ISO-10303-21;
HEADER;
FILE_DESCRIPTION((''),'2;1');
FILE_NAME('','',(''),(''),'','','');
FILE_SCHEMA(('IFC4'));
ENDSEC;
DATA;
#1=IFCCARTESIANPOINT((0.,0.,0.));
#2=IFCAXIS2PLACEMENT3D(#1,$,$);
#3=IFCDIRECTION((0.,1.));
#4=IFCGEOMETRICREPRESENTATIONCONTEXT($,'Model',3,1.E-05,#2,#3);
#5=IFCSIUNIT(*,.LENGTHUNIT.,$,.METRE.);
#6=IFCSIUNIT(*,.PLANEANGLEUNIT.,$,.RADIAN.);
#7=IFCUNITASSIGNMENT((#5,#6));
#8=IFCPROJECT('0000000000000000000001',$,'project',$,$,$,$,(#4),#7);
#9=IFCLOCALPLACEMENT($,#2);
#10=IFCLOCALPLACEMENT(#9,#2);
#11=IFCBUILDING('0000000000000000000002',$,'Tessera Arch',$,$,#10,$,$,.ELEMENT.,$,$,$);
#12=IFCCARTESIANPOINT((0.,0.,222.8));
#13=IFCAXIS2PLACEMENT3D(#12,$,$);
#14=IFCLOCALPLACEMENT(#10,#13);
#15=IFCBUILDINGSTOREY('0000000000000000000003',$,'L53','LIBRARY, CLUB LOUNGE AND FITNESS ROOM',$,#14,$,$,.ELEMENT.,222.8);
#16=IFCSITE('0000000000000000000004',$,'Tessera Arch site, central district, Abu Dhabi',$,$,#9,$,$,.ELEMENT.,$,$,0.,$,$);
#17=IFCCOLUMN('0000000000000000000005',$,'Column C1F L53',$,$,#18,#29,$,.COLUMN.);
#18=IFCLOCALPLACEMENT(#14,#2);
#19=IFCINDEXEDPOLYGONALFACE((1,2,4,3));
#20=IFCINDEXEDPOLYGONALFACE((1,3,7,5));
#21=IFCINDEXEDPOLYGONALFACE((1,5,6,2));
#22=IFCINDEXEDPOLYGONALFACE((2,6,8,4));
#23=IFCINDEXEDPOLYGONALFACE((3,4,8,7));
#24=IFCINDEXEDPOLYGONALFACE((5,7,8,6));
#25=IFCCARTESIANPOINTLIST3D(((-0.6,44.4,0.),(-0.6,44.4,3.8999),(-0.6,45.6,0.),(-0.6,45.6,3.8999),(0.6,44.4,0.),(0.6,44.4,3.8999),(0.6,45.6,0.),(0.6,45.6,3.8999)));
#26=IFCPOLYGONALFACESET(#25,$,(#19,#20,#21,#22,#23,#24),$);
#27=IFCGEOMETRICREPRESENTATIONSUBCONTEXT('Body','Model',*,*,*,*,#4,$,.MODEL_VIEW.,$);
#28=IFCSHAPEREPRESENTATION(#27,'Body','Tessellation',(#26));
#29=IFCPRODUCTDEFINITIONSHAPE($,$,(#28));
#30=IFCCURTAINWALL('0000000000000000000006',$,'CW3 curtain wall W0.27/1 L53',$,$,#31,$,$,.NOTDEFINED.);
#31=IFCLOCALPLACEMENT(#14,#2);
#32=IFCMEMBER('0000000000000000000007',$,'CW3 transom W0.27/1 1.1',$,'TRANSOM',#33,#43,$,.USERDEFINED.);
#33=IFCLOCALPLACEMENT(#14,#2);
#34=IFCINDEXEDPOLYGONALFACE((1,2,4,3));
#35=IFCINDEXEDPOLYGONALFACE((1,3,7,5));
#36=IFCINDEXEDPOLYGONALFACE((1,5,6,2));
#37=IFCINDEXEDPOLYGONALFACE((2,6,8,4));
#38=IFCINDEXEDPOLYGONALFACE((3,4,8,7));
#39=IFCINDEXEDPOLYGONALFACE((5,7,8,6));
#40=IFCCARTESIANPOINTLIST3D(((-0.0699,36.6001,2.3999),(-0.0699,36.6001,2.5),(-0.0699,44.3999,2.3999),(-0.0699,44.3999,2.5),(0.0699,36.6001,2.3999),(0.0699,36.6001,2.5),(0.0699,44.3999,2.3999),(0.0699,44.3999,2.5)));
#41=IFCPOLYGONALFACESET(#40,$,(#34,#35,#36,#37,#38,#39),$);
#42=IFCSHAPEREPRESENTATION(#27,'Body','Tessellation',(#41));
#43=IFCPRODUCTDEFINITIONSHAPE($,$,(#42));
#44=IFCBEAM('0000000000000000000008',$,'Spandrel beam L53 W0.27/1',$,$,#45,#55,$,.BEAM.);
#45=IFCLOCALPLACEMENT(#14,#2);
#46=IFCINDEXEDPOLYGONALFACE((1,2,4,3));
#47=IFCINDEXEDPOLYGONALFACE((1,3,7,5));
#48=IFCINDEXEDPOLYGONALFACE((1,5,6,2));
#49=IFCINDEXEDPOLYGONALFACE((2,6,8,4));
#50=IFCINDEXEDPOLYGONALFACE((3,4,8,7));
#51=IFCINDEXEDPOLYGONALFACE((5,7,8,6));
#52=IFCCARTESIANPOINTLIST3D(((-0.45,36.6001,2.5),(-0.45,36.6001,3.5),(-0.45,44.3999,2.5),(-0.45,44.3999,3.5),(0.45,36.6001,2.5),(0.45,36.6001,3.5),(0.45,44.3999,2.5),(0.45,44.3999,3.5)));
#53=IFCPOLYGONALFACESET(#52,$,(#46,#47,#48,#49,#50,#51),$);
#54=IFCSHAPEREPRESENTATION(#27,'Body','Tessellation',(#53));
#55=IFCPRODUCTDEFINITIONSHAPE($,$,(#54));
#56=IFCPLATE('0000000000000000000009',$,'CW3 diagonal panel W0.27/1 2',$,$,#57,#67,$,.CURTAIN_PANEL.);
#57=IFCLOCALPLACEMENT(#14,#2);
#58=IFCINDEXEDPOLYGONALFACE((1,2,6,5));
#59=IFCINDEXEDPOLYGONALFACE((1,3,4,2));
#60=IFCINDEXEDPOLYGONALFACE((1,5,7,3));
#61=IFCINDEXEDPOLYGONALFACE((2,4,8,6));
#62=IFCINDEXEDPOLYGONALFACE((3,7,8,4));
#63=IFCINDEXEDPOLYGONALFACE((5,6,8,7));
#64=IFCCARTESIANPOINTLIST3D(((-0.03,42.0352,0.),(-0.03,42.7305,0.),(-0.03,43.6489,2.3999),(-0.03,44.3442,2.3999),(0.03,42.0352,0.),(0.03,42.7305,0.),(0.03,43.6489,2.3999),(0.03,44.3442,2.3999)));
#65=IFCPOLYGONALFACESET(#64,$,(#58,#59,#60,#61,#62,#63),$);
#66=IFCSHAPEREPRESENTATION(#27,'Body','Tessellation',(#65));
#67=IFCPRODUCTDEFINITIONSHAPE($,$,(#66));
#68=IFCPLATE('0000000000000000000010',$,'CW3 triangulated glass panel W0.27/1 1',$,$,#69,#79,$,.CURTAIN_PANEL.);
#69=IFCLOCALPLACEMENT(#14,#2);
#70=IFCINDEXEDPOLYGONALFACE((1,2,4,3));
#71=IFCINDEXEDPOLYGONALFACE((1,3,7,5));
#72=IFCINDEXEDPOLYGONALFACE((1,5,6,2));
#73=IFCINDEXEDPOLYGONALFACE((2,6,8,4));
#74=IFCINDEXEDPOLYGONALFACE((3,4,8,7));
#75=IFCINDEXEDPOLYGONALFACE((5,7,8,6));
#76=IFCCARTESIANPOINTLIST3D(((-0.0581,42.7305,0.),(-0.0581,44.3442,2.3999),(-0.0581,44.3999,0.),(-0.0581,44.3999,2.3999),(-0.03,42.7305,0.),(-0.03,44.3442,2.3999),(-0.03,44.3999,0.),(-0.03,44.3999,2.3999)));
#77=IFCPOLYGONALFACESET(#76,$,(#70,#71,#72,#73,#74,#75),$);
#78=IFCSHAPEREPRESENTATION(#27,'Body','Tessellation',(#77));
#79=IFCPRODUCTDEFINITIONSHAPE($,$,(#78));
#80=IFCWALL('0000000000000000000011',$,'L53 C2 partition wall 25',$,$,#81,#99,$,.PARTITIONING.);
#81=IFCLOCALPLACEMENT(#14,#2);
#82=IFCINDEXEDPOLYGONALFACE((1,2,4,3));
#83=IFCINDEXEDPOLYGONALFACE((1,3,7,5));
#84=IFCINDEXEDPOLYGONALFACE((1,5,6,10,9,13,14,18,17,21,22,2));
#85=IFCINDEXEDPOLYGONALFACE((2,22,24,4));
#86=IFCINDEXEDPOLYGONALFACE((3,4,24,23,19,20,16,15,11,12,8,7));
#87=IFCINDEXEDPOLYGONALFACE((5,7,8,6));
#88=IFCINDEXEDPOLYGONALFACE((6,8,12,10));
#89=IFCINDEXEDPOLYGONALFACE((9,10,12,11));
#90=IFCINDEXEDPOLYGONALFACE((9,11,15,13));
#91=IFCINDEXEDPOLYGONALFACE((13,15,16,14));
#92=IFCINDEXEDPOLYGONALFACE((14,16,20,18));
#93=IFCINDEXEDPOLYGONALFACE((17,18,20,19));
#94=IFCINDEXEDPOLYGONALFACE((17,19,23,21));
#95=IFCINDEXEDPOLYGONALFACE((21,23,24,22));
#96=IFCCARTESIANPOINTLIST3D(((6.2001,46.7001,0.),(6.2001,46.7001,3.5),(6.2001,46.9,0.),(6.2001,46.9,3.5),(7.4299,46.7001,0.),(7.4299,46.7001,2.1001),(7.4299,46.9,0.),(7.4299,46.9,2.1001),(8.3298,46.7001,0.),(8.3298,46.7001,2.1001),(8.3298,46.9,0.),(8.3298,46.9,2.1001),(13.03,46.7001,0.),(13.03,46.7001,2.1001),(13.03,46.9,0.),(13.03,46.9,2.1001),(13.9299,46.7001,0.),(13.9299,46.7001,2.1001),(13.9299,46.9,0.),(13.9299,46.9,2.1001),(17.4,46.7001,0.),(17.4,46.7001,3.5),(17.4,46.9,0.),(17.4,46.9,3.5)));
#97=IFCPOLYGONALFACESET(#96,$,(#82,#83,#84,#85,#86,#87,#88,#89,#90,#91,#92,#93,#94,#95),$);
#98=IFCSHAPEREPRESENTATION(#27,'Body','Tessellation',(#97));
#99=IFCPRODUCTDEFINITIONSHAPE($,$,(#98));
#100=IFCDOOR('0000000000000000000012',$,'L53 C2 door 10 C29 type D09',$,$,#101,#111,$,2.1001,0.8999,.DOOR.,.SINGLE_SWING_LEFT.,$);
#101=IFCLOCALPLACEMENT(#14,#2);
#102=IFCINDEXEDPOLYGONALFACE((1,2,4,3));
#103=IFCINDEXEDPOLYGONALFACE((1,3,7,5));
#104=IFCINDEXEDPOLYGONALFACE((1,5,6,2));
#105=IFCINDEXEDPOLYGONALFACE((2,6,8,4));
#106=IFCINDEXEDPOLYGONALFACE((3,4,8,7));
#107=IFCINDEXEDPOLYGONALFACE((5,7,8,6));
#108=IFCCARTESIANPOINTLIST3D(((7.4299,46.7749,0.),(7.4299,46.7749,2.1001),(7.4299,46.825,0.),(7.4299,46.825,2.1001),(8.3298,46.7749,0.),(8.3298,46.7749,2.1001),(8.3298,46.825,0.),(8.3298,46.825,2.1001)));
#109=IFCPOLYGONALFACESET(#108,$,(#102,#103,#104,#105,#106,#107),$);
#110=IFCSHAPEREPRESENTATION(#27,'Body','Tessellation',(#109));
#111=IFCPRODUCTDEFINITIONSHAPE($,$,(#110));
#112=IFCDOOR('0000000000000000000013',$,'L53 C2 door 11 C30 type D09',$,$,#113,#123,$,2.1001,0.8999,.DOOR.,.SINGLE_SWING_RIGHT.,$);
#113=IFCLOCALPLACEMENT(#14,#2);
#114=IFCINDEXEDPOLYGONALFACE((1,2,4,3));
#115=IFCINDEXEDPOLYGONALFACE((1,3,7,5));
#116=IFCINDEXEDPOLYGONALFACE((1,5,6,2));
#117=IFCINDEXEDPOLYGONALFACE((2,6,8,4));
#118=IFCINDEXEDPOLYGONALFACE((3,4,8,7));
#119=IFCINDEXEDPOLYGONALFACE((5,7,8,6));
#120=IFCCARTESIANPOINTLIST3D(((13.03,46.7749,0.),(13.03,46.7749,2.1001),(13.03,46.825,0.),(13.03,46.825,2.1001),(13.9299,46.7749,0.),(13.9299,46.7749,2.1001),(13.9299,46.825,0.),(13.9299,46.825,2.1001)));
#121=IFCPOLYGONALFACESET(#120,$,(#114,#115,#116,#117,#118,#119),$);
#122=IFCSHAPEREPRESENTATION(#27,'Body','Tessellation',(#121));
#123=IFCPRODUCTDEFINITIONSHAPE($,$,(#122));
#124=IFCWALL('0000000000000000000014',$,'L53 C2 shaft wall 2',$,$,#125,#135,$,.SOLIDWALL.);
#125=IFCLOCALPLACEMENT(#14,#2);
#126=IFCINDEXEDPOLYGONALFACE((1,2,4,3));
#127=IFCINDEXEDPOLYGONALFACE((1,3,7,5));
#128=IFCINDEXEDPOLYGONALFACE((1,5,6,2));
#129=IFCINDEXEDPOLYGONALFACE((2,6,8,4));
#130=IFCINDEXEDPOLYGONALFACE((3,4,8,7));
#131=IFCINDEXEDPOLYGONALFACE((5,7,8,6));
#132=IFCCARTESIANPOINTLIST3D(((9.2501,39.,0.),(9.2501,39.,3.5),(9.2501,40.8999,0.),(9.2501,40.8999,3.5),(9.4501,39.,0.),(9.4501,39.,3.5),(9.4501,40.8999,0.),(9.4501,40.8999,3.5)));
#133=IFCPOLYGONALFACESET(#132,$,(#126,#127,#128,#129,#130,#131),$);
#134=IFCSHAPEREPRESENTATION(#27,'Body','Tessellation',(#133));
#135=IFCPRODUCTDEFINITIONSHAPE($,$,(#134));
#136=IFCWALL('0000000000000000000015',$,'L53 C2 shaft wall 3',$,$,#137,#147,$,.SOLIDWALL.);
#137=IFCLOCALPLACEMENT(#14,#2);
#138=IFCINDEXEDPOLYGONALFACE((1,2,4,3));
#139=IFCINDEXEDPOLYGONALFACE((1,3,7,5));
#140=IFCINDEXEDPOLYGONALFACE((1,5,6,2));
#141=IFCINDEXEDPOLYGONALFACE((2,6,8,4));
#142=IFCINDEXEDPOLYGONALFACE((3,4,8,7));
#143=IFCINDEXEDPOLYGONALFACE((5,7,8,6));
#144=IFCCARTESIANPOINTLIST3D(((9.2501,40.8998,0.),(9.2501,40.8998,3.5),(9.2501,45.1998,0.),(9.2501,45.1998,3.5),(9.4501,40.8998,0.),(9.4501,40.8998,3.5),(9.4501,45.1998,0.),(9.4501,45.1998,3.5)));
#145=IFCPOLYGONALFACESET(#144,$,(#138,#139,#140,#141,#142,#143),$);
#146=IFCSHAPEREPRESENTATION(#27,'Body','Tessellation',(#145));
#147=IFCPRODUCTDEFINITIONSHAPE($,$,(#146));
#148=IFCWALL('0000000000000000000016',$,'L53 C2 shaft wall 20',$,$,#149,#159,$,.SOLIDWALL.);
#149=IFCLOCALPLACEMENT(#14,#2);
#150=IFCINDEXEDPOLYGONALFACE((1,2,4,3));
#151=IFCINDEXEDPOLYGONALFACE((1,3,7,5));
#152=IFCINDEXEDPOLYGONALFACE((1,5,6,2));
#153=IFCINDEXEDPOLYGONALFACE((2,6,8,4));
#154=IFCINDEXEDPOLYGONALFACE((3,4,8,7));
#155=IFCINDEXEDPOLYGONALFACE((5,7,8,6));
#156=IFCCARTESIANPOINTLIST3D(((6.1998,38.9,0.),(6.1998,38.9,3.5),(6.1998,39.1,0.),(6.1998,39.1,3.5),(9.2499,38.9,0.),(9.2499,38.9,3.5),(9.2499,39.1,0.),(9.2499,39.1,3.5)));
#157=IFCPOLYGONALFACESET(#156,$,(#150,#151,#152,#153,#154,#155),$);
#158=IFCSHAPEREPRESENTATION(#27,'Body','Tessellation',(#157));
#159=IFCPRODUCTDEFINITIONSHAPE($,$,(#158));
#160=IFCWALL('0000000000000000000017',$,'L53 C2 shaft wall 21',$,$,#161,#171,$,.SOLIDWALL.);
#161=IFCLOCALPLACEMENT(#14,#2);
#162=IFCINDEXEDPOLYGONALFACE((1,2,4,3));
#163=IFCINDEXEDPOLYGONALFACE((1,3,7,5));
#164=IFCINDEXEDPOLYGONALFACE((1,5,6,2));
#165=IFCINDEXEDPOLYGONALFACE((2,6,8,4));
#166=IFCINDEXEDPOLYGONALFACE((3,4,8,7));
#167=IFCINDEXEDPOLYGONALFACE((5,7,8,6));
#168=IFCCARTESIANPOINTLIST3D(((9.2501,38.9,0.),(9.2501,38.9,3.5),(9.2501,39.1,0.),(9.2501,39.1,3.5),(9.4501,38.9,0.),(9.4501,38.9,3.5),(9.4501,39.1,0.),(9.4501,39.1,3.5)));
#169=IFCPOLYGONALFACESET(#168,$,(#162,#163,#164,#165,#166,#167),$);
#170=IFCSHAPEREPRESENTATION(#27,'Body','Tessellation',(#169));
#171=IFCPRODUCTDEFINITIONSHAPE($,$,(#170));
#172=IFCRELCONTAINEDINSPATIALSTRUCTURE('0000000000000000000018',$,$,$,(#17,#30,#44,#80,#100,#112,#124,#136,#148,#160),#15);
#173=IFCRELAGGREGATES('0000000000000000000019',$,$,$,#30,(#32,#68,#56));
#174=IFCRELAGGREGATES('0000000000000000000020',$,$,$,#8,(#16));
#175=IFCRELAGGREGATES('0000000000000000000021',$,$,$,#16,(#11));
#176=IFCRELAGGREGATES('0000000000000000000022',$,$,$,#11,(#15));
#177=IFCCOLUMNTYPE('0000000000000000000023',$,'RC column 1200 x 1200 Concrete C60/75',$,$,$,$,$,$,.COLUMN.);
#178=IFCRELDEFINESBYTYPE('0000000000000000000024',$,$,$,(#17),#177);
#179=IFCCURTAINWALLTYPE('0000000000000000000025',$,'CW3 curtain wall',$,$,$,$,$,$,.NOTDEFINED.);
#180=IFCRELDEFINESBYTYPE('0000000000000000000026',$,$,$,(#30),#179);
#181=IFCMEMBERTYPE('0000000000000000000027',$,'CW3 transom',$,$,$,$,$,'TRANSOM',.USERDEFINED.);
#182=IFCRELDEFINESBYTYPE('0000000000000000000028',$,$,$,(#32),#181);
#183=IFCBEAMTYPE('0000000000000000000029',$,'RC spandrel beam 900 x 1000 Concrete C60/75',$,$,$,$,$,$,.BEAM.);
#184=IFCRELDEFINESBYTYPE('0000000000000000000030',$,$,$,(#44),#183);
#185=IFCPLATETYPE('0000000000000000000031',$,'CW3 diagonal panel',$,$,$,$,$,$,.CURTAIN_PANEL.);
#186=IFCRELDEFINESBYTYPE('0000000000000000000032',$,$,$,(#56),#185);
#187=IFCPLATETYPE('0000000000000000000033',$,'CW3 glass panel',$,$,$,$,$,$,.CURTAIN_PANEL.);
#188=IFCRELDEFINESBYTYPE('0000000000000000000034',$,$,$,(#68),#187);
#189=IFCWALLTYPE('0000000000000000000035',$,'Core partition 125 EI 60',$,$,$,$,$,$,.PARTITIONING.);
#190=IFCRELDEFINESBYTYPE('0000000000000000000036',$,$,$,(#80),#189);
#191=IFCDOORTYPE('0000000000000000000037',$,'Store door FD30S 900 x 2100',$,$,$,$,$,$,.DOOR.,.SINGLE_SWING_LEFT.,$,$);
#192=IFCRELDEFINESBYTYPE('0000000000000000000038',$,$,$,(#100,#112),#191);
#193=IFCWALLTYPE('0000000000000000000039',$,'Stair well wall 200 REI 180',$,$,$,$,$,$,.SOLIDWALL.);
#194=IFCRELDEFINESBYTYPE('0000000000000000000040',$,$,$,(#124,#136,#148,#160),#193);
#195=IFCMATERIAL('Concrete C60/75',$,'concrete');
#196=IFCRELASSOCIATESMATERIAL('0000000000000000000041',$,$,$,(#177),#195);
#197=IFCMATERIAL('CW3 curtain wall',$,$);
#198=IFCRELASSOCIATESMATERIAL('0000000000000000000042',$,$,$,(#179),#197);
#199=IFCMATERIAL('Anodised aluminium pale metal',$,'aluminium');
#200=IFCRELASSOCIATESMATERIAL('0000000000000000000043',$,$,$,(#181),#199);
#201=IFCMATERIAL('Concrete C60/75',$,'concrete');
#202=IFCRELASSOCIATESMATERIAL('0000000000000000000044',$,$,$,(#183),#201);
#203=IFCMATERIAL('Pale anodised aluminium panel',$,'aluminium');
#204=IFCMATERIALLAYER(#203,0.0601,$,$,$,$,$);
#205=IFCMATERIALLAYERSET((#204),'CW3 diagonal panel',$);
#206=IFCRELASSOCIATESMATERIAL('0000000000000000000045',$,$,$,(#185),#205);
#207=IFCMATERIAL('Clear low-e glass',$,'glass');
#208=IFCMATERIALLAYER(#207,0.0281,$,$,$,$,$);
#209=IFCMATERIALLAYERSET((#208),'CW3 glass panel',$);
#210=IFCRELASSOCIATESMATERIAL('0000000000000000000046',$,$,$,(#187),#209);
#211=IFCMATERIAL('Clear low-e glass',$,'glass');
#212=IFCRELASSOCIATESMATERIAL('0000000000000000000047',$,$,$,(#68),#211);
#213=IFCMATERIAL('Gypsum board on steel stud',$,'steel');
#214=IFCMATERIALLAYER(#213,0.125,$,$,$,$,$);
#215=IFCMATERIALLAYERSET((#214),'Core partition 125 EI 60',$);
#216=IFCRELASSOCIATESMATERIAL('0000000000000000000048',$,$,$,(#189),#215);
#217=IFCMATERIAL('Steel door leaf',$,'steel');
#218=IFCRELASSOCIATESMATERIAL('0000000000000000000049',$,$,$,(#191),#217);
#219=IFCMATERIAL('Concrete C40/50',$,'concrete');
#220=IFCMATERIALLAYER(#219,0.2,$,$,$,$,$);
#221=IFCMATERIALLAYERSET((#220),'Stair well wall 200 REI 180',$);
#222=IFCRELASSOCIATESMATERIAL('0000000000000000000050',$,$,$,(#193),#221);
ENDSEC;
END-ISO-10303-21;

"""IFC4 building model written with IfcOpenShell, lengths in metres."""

from ifc_helpers import new_model, si_unit, direction, frame, frame_2d, origin, origin_2d, place, context, subcontext, project, spatial, polyline, rectangle, outline, extrude, material, layer, layer_set, material_profile, profile_set, type_object, element, fill, aggregate, save


model = new_model("IFC4")

# Units and contexts
model_context = context("Model", 3, precision=1e-05, world=origin(), true_north=direction((0.0, 1.0)))
body_context = subcontext(model_context, "Body", "Model", "MODEL_VIEW")
ifc_project = project(units=[si_unit("LENGTHUNIT", "METRE"), si_unit("PLANEANGLEUNIT", "RADIAN")], contexts=[model_context])

# Site, building, storey
site_placement = place(None, origin())
site = spatial("IfcSite", under=ifc_project, at=site_placement, Name="Tessera Arch site, central district, Abu Dhabi", CompositionType="ELEMENT", RefElevation=0.0)
building_placement = place(site_placement, origin())
building = spatial("IfcBuilding", under=site, at=building_placement, Name="Tessera Arch", CompositionType="ELEMENT")
storey_placement = place(building_placement, frame((0.0, 0.0, 222.8)))
storey = spatial("IfcBuildingStorey", under=building, at=storey_placement, Name="L53", Description="LIBRARY, CLUB LOUNGE AND FITNESS ROOM", CompositionType="ELEMENT", Elevation=222.8)

# Column
ifc_material_1 = material(Name="Concrete C60/75", Category="concrete")
ifc_material_profile_1 = material_profile(ifc_material_1, rectangle(XDim=1.2, YDim=1.2, at=origin_2d()), Name="RC column 1200 x 1200 Concrete C60/75")
ifc_profile_set_1 = profile_set([ifc_material_profile_1], Name="Concrete C60/75")
column_type = type_object("IfcColumnType", Name="RC column 1200 x 1200 Concrete C60/75", PredefinedType="COLUMN", material=ifc_profile_set_1)
column_placement = place(storey_placement, frame((0.0, 45.0, 0.0), z_axis=(0.0, 0.0, 1.0), x_axis=(1.0, 0.0, 0.0)))
element("IfcColumn", 1, at=column_placement, inside=storey, type_object=column_type, Name="Column C1F L53", PredefinedType="COLUMN", context=body_context, shape_type="SweptSolid", body=[
    extrude(rectangle(XDim=1.2, YDim=1.2, at=origin_2d()), origin(), (0.0, 0.0, 1.0), 3.8999),
])

# Curtain wall, member
ifc_material_2 = material(Name="CW3 curtain wall")
curtain_wall_type = type_object("IfcCurtainWallType", Name="CW3 curtain wall", PredefinedType="NOTDEFINED", material=ifc_material_2)
curtain_wall_placement = place(storey_placement, origin())
curtain_wall = element("IfcCurtainWall", 2, at=curtain_wall_placement, inside=storey, type_object=curtain_wall_type, Name="CW3 curtain wall W0.27/1 L53", PredefinedType="NOTDEFINED")
ifc_material_3 = material(Name="Anodised aluminium pale metal", Category="aluminium")
ifc_material_profile_2 = material_profile(ifc_material_3, rectangle(XDim=0.1399, YDim=0.1001, at=origin_2d()), Name="AL 140x100")
ifc_profile_set_2 = profile_set([ifc_material_profile_2], Name="Anodised aluminium pale metal")
member_type = type_object("IfcMemberType", Name="CW3 transom", ElementType="TRANSOM", PredefinedType="USERDEFINED", material=ifc_profile_set_2)
member_placement = place(storey_placement, frame((0.0, 44.3999, 2.45), z_axis=(0.0, -1.0, 0.0), x_axis=(1.0, 0.0, 0.0)))
member = element("IfcMember", 3, at=member_placement, type_object=member_type, Name="CW3 transom W0.27/1 1.1", ObjectType="TRANSOM", PredefinedType="USERDEFINED", context=body_context, shape_type="SweptSolid", body=[
    extrude(rectangle(XDim=0.1399, YDim=0.1001, at=origin_2d()), origin(), (0.0, 0.0, 1.0), 7.7998),
])

# Beam
ifc_material_4 = material(Name="Concrete C60/75", Category="concrete")
ifc_material_profile_3 = material_profile(ifc_material_4, rectangle(XDim=0.8999, YDim=1.0, at=origin_2d()), Name="RC spandrel beam 900 x 1000 Concrete C60/75")
ifc_profile_set_3 = profile_set([ifc_material_profile_3], Name="Concrete C60/75")
beam_type = type_object("IfcBeamType", Name="RC spandrel beam 900 x 1000 Concrete C60/75", PredefinedType="BEAM", material=ifc_profile_set_3)
beam_placement = place(storey_placement, frame((0.0, 44.3999, 3.0), z_axis=(0.0, -1.0, 0.0), x_axis=(1.0, 0.0, 0.0)))
element("IfcBeam", 4, at=beam_placement, inside=storey, type_object=beam_type, Name="Spandrel beam L53 W0.27/1", PredefinedType="BEAM", context=body_context, shape_type="SweptSolid", body=[
    extrude(rectangle(XDim=0.8999, YDim=1.0, at=origin_2d()), origin(), (0.0, 0.0, 1.0), 7.7998),
])

# Plates
ifc_material_5 = material(Name="Pale anodised aluminium panel", Category="aluminium")
ifc_layer_1 = layer(ifc_material_5, 0.0601)
ifc_layer_set_1 = layer_set([ifc_layer_1], Name="CW3 diagonal panel")
plate_type_1 = type_object("IfcPlateType", Name="CW3 diagonal panel", PredefinedType="CURTAIN_PANEL", material=ifc_layer_set_1)
plate_1_placement = place(storey_placement, frame((-0.03, 43.6489, 2.3999), z_axis=(-1.0, 0.0, 0.0), x_axis=(0.0, 1.0, 0.0)))
plate_1 = element("IfcPlate", 5, at=plate_1_placement, type_object=plate_type_1, Name="CW3 diagonal panel W0.27/1 2", PredefinedType="CURTAIN_PANEL", context=body_context, shape_type="SweptSolid", body=[
    extrude(outline(polyline([(0.0, 0.0), (0.6953, 0.0), (-0.9185, 2.3999), (-1.6138, 2.3999), (0.0, 0.0)])), origin(), (0.0, 0.0, -1.0), 0.0601),
])
ifc_material_6 = material(Name="Clear low-e glass", Category="glass")
ifc_material_7 = material(Name="Clear low-e glass", Category="glass")
ifc_layer_2 = layer(ifc_material_7, 0.0281)
ifc_layer_set_2 = layer_set([ifc_layer_2], Name="CW3 glass panel")
plate_type_2 = type_object("IfcPlateType", Name="CW3 glass panel", PredefinedType="CURTAIN_PANEL", material=ifc_layer_set_2)
plate_2_placement = place(storey_placement, frame((-0.0581, 44.3999, 0.0), z_axis=(-1.0, 0.0, 0.0), x_axis=(0.0, -1.0, 0.0)))
plate_2 = element("IfcPlate", 6, at=plate_2_placement, type_object=plate_type_2, material=ifc_material_6, Name="CW3 triangulated glass panel W0.27/1 1", PredefinedType="CURTAIN_PANEL", context=body_context, shape_type="SweptSolid", body=[
    extrude(outline(polyline([(0.0, 0.0), (1.6694, 0.0), (0.0557, 2.3999), (0.0, 2.3999), (0.0, 0.0)])), origin(), (0.0, 0.0, -1.0), 0.0281),
])
aggregate(curtain_wall, [member, plate_2, plate_1])

# Wall, openings, doors
ifc_material_8 = material(Name="Gypsum board on steel stud", Category="steel")
ifc_layer_3 = layer(ifc_material_8, 0.125)
ifc_layer_set_3 = layer_set([ifc_layer_3], Name="Core partition 125 EI 60")
wall_type_1 = type_object("IfcWallType", Name="Core partition 125 EI 60", PredefinedType="PARTITIONING", material=ifc_layer_set_3)
wall_1_placement = place(storey_placement, frame((6.2, 46.8, 0.0), z_axis=(0.0, 0.0, 1.0), x_axis=(1.0, 0.0, 0.0)))
wall_1 = element("IfcWall", 7, at=wall_1_placement, inside=storey, type_object=wall_type_1, Name="L53 C2 partition wall 25", PredefinedType="PARTITIONING", context=body_context, shape_type="SweptSolid", body=[
    extrude(rectangle(XDim=11.2, YDim=0.2, at=frame_2d((5.6001, 0.0))), origin(), (0.0, 0.0, 1.0), 3.5),
])
opening_1_placement = place(wall_1_placement, frame((1.23, 0.0, 0.0)))
opening_1 = element("IfcOpeningElement", 8, at=opening_1_placement, cuts=wall_1, PredefinedType="OPENING", context=body_context, shape_type="SweptSolid", body=[
    extrude(rectangle(XDim=0.8999, YDim=2.1001, at=frame_2d((0.45, 1.05))), frame((0.0, 0.1099, 0.0), z_axis=(0.0, -1.0, 0.0), x_axis=(1.0, 0.0, 0.0)), (0.0, 0.0, 1.0), 0.22),
])
opening_2_placement = place(wall_1_placement, frame((6.8301, 0.0, 0.0)))
opening_2 = element("IfcOpeningElement", 9, at=opening_2_placement, cuts=wall_1, PredefinedType="OPENING", context=body_context, shape_type="SweptSolid", body=[
    extrude(rectangle(XDim=0.8999, YDim=2.1001, at=frame_2d((0.45, 1.05))), frame((0.0, 0.1099, 0.0), z_axis=(0.0, -1.0, 0.0), x_axis=(1.0, 0.0, 0.0)), (0.0, 0.0, 1.0), 0.22),
])
ifc_material_9 = material(Name="Steel door leaf", Category="steel")
door_type_1 = type_object("IfcDoorType", Name="Store door FD30S 900 x 2100", OperationType="SINGLE_SWING_LEFT", PredefinedType="DOOR", material=ifc_material_9)
door_1_placement = place(opening_1_placement, origin())
door_1 = element("IfcDoor", 10, at=door_1_placement, inside=storey, type_object=door_type_1, Name="L53 C2 door 10 C29 type D09", OperationType="SINGLE_SWING_LEFT", OverallHeight=2.1001, OverallWidth=0.8999, PredefinedType="DOOR", context=body_context, shape_type="SweptSolid", body=[
    extrude(rectangle(XDim=0.8999, YDim=2.1001, at=frame_2d((0.45, 1.05))), frame((0.0, 0.0249, 0.0), z_axis=(0.0, -1.0, 0.0), x_axis=(1.0, 0.0, 0.0)), (0.0, 0.0, 1.0), 0.05),
])
fill(opening_1, door_1)
door_2_placement = place(opening_2_placement, origin())
door_2 = element("IfcDoor", 11, at=door_2_placement, inside=storey, type_object=door_type_1, Name="L53 C2 door 11 C30 type D09", OperationType="SINGLE_SWING_RIGHT", OverallHeight=2.1001, OverallWidth=0.8999, PredefinedType="DOOR", context=body_context, shape_type="SweptSolid", body=[
    extrude(rectangle(XDim=0.8999, YDim=2.1001, at=frame_2d((0.45, 1.05))), frame((0.0, 0.0249, 0.0), z_axis=(0.0, -1.0, 0.0), x_axis=(1.0, 0.0, 0.0)), (0.0, 0.0, 1.0), 0.05),
])
fill(opening_2, door_2)

# Walls
ifc_material_10 = material(Name="Concrete C40/50", Category="concrete")
ifc_layer_4 = layer(ifc_material_10, 0.2)
ifc_layer_set_4 = layer_set([ifc_layer_4], Name="Stair well wall 200 REI 180")
wall_type_2 = type_object("IfcWallType", Name="Stair well wall 200 REI 180", PredefinedType="SOLIDWALL", material=ifc_layer_set_4)
wall_2_placement = place(storey_placement, frame((9.3501, 39.0, 0.0), z_axis=(0.0, 0.0, 1.0), x_axis=(0.0, 1.0, 0.0)))
element("IfcWall", 12, at=wall_2_placement, inside=storey, type_object=wall_type_2, Name="L53 C2 shaft wall 2", PredefinedType="SOLIDWALL", context=body_context, shape_type="SweptSolid", body=[
    extrude(rectangle(XDim=1.8999, YDim=0.2, at=frame_2d((0.95, 0.0))), origin(), (0.0, 0.0, 1.0), 3.5),
])
wall_3_placement = place(storey_placement, frame((9.3501, 40.8999, 0.0), z_axis=(0.0, 0.0, 1.0), x_axis=(0.0, 1.0, 0.0)))
element("IfcWall", 13, at=wall_3_placement, inside=storey, type_object=wall_type_2, Name="L53 C2 shaft wall 3", PredefinedType="SOLIDWALL", context=body_context, shape_type="SweptSolid", body=[
    extrude(rectangle(XDim=4.3, YDim=0.2, at=frame_2d((2.1499, 0.0))), origin(), (0.0, 0.0, 1.0), 3.5),
])
wall_4_placement = place(storey_placement, frame((6.2, 39.0, 0.0), z_axis=(0.0, 0.0, 1.0), x_axis=(1.0, 0.0, 0.0)))
element("IfcWall", 14, at=wall_4_placement, inside=storey, type_object=wall_type_2, Name="L53 C2 shaft wall 20", PredefinedType="SOLIDWALL", context=body_context, shape_type="SweptSolid", body=[
    extrude(rectangle(XDim=3.05, YDim=0.2, at=frame_2d((1.5249, 0.0))), origin(), (0.0, 0.0, 1.0), 3.5),
])
wall_5_placement = place(storey_placement, frame((9.25, 39.0, 0.0), z_axis=(0.0, 0.0, 1.0), x_axis=(1.0, 0.0, 0.0)))
element("IfcWall", 15, at=wall_5_placement, inside=storey, type_object=wall_type_2, Name="L53 C2 shaft wall 21", PredefinedType="SOLIDWALL", context=body_context, shape_type="SweptSolid", body=[
    extrude(rectangle(XDim=0.2, YDim=0.2, at=frame_2d((0.1001, 0.0))), origin(), (0.0, 0.0, 1.0), 3.5),
])

save(model, "model.ifc")
